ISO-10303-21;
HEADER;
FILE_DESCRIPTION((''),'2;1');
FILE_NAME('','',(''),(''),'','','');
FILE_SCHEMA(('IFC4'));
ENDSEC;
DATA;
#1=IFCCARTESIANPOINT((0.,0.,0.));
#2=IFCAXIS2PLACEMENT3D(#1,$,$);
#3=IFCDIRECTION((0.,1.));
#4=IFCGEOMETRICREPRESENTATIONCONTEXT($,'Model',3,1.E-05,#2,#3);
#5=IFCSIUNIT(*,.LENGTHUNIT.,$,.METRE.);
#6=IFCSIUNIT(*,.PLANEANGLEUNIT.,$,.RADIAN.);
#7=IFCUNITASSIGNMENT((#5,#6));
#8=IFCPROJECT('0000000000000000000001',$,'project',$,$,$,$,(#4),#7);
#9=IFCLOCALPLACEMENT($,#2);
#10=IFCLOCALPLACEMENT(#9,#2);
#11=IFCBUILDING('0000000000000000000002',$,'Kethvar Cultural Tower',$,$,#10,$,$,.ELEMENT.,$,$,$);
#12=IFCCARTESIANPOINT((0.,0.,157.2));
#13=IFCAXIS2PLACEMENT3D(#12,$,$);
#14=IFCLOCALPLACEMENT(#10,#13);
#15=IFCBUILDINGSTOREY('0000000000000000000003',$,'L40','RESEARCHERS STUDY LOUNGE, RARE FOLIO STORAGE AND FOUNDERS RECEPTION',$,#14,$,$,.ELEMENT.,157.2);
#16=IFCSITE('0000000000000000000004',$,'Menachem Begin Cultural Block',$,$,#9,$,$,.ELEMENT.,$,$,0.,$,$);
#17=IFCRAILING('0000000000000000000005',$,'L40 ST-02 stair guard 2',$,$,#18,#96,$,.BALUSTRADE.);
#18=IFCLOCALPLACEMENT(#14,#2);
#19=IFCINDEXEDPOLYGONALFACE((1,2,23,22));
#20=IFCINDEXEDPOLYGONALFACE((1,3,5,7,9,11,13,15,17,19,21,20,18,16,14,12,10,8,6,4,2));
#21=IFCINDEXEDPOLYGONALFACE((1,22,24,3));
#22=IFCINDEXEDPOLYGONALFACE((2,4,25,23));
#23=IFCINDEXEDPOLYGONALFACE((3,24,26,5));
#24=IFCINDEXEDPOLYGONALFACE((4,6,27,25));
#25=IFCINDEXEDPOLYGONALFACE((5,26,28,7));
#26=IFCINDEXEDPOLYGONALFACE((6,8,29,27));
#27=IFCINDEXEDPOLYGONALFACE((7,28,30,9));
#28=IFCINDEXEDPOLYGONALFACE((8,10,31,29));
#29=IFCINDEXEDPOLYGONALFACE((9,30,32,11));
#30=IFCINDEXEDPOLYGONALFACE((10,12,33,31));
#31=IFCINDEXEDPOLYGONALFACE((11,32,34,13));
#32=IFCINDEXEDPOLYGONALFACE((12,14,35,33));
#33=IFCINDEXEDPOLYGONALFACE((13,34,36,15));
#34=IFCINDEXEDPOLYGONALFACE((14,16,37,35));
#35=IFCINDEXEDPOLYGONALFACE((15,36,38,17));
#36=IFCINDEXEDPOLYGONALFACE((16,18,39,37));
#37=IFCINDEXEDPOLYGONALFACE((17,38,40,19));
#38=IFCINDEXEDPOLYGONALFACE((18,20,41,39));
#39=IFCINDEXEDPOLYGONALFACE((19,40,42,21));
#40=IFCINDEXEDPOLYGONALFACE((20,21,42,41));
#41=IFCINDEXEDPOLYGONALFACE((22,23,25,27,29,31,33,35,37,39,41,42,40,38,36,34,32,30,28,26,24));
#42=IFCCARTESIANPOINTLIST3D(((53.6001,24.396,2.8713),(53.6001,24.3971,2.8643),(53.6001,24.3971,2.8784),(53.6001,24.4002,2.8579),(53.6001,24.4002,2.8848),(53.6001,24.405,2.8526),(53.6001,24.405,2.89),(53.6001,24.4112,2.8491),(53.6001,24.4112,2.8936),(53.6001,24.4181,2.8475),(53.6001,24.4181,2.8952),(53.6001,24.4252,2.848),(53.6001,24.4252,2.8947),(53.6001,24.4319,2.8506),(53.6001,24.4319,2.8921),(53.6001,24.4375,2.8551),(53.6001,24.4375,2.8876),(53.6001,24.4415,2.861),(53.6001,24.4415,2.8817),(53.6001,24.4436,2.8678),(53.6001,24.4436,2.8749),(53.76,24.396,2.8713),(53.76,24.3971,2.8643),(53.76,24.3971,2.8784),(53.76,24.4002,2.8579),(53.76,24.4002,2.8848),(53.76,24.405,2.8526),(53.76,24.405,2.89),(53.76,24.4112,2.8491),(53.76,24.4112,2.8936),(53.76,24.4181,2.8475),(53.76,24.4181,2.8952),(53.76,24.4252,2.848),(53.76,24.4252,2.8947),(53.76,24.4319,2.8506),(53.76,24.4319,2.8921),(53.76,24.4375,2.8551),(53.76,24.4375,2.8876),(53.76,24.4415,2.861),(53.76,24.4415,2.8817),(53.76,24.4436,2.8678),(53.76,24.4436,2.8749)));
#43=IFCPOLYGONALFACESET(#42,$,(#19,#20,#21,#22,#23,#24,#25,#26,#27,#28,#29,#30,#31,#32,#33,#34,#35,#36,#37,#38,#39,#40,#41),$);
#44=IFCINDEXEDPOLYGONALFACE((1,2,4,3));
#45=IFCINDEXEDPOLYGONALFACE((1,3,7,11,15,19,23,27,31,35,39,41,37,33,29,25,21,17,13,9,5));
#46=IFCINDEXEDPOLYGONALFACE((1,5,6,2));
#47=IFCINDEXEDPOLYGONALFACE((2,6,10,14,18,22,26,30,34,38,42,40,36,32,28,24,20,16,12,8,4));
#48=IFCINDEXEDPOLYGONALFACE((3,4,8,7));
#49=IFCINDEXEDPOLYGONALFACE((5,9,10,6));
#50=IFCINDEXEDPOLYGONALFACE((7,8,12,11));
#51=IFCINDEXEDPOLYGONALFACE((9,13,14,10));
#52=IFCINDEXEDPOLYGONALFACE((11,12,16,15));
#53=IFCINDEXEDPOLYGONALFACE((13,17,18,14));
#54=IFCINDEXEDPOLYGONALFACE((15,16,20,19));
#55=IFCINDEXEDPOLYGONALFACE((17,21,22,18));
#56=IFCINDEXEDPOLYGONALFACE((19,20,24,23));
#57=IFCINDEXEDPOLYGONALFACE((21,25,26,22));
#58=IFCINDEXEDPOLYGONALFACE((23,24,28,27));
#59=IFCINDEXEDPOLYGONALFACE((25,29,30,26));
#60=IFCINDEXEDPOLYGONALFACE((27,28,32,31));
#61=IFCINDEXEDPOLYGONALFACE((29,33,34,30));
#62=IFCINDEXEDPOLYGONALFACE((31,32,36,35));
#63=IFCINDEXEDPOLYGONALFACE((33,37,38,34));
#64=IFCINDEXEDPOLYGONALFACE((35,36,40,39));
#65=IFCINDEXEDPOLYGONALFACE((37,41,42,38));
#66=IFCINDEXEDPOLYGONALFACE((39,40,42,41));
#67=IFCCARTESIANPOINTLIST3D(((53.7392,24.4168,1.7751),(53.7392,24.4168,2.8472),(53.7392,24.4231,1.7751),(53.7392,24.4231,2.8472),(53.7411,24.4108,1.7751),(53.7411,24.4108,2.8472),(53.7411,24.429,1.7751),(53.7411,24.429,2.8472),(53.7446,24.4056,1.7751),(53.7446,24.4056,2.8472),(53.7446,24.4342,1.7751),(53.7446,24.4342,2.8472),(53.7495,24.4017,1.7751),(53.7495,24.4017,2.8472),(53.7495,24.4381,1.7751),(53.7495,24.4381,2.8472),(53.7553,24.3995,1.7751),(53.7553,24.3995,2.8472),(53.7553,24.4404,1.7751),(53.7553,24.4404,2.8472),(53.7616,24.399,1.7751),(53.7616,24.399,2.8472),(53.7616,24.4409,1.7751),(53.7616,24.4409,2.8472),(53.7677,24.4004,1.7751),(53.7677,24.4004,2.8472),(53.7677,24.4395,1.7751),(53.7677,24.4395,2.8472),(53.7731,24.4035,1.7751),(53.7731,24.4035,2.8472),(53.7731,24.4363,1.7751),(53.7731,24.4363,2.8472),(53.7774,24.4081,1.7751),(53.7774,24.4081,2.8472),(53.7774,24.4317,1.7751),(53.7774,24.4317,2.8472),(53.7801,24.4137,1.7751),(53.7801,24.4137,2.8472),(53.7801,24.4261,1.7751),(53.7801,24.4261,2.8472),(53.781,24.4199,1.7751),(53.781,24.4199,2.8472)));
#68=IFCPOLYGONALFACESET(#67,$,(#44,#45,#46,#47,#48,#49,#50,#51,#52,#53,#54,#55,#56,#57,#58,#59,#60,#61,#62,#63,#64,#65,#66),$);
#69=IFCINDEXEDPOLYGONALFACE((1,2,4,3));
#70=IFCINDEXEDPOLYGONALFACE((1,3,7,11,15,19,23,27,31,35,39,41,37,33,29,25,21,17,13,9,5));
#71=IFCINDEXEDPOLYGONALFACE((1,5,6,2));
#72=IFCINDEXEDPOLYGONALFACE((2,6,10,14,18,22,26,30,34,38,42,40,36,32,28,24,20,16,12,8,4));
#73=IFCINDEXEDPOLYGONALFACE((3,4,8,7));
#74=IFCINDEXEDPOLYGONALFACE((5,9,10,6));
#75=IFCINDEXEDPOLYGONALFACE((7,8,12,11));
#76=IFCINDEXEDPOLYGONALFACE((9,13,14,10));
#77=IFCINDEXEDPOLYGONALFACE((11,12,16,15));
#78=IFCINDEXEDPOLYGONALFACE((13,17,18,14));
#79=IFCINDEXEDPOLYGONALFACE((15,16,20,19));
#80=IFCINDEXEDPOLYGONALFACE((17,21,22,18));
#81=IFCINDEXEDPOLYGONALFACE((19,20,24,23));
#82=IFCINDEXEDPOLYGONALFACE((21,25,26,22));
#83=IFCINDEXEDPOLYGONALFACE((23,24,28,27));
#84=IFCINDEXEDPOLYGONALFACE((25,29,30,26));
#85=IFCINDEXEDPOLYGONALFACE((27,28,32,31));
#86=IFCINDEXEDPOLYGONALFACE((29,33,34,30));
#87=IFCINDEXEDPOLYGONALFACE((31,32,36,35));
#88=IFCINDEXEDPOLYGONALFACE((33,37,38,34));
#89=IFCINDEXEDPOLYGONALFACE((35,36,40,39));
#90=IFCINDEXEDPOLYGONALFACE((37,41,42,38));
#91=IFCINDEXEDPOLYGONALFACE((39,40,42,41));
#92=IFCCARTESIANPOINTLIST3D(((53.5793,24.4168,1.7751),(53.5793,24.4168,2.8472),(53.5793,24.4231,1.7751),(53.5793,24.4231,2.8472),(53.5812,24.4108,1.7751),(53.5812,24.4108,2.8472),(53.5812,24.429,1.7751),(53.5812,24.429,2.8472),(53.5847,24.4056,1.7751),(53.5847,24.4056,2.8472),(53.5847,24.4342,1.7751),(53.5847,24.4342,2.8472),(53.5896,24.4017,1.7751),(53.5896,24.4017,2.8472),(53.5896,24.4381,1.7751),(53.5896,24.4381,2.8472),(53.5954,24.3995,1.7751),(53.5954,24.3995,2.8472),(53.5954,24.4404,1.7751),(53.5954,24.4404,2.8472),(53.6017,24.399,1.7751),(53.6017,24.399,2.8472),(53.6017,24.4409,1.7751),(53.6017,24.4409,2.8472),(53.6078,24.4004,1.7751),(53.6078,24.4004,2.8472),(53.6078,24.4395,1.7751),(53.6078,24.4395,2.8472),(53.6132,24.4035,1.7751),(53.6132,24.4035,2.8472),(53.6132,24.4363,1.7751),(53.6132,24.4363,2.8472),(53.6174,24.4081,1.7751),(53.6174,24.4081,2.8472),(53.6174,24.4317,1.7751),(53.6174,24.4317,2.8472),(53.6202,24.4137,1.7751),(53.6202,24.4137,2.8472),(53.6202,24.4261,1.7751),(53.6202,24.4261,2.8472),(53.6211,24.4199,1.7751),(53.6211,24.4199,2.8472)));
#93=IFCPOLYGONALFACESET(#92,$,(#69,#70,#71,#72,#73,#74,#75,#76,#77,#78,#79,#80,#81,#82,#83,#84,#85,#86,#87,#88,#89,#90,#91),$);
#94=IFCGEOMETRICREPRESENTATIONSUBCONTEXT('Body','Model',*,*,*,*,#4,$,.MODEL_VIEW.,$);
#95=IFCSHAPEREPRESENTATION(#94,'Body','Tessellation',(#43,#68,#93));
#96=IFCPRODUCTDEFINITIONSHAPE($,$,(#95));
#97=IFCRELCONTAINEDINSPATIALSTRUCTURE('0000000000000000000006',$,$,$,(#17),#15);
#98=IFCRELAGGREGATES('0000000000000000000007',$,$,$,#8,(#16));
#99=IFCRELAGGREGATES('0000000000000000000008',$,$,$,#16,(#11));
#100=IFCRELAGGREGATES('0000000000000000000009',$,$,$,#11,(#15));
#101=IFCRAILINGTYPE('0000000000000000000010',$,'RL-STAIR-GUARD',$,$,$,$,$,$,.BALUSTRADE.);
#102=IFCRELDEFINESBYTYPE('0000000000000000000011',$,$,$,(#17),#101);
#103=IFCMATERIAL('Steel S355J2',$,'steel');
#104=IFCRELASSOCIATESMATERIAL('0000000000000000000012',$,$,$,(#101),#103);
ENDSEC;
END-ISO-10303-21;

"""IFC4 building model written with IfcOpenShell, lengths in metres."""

from ifc_helpers import new_model, si_unit, direction, frame, origin, origin_2d, place, context, subcontext, project, spatial, circle, extrude, material, type_object, element, save


model = new_model("IFC4")

# Units and contexts
model_context = context("Model", 3, precision=1e-05, world=origin(), true_north=direction((0.0, 1.0)))
body_context = subcontext(model_context, "Body", "Model", "MODEL_VIEW")
ifc_project = project(units=[si_unit("LENGTHUNIT", "METRE"), si_unit("PLANEANGLEUNIT", "RADIAN")], contexts=[model_context])

# Site, building, storey
site_placement = place(None, origin())
site = spatial("IfcSite", under=ifc_project, at=site_placement, Name="Menachem Begin Cultural Block", CompositionType="ELEMENT", RefElevation=0.0)
building_placement = place(site_placement, origin())
building = spatial("IfcBuilding", under=site, at=building_placement, Name="Kethvar Cultural Tower", CompositionType="ELEMENT")
storey_placement = place(building_placement, frame((0.0, 0.0, 157.2)))
storey = spatial("IfcBuildingStorey", under=building, at=storey_placement, Name="L40", Description="RESEARCHERS STUDY LOUNGE, RARE FOLIO STORAGE AND FOUNDERS RECEPTION", CompositionType="ELEMENT", Elevation=157.2)

# Shared definitions
ifc_material_1 = material(Name="Steel S355J2", Category="steel")

# Railing
railing_type_1 = type_object("IfcRailingType", Name="RL-STAIR-GUARD", PredefinedType="BALUSTRADE", material=ifc_material_1)
railing_1_placement = place(storey_placement, frame((53.76, 24.4199, 1.7751)))
element("IfcRailing", 1, at=railing_1_placement, inside=storey, type_object=railing_type_1, Name="L40 ST-02 stair guard 2", PredefinedType="BALUSTRADE", context=body_context, shape_type="SweptSolid", body=[
    extrude(circle(Radius=0.0239, at=origin_2d()), frame((0.0, 0.0, 1.0962), z_axis=(-1.0, 0.0, 0.0), x_axis=(0.0, -1.0, 0.0)), (0.0, 0.0, 1.0), 0.1599),
    extrude(circle(Radius=0.021, at=origin_2d()), origin(), (0.0, 0.0, 1.0), 1.072),
    extrude(circle(Radius=0.021, at=origin_2d()), frame((-0.1599, 0.0, 0.0)), (0.0, 0.0, 1.0), 1.072),
])

save(model, "model.ifc")
